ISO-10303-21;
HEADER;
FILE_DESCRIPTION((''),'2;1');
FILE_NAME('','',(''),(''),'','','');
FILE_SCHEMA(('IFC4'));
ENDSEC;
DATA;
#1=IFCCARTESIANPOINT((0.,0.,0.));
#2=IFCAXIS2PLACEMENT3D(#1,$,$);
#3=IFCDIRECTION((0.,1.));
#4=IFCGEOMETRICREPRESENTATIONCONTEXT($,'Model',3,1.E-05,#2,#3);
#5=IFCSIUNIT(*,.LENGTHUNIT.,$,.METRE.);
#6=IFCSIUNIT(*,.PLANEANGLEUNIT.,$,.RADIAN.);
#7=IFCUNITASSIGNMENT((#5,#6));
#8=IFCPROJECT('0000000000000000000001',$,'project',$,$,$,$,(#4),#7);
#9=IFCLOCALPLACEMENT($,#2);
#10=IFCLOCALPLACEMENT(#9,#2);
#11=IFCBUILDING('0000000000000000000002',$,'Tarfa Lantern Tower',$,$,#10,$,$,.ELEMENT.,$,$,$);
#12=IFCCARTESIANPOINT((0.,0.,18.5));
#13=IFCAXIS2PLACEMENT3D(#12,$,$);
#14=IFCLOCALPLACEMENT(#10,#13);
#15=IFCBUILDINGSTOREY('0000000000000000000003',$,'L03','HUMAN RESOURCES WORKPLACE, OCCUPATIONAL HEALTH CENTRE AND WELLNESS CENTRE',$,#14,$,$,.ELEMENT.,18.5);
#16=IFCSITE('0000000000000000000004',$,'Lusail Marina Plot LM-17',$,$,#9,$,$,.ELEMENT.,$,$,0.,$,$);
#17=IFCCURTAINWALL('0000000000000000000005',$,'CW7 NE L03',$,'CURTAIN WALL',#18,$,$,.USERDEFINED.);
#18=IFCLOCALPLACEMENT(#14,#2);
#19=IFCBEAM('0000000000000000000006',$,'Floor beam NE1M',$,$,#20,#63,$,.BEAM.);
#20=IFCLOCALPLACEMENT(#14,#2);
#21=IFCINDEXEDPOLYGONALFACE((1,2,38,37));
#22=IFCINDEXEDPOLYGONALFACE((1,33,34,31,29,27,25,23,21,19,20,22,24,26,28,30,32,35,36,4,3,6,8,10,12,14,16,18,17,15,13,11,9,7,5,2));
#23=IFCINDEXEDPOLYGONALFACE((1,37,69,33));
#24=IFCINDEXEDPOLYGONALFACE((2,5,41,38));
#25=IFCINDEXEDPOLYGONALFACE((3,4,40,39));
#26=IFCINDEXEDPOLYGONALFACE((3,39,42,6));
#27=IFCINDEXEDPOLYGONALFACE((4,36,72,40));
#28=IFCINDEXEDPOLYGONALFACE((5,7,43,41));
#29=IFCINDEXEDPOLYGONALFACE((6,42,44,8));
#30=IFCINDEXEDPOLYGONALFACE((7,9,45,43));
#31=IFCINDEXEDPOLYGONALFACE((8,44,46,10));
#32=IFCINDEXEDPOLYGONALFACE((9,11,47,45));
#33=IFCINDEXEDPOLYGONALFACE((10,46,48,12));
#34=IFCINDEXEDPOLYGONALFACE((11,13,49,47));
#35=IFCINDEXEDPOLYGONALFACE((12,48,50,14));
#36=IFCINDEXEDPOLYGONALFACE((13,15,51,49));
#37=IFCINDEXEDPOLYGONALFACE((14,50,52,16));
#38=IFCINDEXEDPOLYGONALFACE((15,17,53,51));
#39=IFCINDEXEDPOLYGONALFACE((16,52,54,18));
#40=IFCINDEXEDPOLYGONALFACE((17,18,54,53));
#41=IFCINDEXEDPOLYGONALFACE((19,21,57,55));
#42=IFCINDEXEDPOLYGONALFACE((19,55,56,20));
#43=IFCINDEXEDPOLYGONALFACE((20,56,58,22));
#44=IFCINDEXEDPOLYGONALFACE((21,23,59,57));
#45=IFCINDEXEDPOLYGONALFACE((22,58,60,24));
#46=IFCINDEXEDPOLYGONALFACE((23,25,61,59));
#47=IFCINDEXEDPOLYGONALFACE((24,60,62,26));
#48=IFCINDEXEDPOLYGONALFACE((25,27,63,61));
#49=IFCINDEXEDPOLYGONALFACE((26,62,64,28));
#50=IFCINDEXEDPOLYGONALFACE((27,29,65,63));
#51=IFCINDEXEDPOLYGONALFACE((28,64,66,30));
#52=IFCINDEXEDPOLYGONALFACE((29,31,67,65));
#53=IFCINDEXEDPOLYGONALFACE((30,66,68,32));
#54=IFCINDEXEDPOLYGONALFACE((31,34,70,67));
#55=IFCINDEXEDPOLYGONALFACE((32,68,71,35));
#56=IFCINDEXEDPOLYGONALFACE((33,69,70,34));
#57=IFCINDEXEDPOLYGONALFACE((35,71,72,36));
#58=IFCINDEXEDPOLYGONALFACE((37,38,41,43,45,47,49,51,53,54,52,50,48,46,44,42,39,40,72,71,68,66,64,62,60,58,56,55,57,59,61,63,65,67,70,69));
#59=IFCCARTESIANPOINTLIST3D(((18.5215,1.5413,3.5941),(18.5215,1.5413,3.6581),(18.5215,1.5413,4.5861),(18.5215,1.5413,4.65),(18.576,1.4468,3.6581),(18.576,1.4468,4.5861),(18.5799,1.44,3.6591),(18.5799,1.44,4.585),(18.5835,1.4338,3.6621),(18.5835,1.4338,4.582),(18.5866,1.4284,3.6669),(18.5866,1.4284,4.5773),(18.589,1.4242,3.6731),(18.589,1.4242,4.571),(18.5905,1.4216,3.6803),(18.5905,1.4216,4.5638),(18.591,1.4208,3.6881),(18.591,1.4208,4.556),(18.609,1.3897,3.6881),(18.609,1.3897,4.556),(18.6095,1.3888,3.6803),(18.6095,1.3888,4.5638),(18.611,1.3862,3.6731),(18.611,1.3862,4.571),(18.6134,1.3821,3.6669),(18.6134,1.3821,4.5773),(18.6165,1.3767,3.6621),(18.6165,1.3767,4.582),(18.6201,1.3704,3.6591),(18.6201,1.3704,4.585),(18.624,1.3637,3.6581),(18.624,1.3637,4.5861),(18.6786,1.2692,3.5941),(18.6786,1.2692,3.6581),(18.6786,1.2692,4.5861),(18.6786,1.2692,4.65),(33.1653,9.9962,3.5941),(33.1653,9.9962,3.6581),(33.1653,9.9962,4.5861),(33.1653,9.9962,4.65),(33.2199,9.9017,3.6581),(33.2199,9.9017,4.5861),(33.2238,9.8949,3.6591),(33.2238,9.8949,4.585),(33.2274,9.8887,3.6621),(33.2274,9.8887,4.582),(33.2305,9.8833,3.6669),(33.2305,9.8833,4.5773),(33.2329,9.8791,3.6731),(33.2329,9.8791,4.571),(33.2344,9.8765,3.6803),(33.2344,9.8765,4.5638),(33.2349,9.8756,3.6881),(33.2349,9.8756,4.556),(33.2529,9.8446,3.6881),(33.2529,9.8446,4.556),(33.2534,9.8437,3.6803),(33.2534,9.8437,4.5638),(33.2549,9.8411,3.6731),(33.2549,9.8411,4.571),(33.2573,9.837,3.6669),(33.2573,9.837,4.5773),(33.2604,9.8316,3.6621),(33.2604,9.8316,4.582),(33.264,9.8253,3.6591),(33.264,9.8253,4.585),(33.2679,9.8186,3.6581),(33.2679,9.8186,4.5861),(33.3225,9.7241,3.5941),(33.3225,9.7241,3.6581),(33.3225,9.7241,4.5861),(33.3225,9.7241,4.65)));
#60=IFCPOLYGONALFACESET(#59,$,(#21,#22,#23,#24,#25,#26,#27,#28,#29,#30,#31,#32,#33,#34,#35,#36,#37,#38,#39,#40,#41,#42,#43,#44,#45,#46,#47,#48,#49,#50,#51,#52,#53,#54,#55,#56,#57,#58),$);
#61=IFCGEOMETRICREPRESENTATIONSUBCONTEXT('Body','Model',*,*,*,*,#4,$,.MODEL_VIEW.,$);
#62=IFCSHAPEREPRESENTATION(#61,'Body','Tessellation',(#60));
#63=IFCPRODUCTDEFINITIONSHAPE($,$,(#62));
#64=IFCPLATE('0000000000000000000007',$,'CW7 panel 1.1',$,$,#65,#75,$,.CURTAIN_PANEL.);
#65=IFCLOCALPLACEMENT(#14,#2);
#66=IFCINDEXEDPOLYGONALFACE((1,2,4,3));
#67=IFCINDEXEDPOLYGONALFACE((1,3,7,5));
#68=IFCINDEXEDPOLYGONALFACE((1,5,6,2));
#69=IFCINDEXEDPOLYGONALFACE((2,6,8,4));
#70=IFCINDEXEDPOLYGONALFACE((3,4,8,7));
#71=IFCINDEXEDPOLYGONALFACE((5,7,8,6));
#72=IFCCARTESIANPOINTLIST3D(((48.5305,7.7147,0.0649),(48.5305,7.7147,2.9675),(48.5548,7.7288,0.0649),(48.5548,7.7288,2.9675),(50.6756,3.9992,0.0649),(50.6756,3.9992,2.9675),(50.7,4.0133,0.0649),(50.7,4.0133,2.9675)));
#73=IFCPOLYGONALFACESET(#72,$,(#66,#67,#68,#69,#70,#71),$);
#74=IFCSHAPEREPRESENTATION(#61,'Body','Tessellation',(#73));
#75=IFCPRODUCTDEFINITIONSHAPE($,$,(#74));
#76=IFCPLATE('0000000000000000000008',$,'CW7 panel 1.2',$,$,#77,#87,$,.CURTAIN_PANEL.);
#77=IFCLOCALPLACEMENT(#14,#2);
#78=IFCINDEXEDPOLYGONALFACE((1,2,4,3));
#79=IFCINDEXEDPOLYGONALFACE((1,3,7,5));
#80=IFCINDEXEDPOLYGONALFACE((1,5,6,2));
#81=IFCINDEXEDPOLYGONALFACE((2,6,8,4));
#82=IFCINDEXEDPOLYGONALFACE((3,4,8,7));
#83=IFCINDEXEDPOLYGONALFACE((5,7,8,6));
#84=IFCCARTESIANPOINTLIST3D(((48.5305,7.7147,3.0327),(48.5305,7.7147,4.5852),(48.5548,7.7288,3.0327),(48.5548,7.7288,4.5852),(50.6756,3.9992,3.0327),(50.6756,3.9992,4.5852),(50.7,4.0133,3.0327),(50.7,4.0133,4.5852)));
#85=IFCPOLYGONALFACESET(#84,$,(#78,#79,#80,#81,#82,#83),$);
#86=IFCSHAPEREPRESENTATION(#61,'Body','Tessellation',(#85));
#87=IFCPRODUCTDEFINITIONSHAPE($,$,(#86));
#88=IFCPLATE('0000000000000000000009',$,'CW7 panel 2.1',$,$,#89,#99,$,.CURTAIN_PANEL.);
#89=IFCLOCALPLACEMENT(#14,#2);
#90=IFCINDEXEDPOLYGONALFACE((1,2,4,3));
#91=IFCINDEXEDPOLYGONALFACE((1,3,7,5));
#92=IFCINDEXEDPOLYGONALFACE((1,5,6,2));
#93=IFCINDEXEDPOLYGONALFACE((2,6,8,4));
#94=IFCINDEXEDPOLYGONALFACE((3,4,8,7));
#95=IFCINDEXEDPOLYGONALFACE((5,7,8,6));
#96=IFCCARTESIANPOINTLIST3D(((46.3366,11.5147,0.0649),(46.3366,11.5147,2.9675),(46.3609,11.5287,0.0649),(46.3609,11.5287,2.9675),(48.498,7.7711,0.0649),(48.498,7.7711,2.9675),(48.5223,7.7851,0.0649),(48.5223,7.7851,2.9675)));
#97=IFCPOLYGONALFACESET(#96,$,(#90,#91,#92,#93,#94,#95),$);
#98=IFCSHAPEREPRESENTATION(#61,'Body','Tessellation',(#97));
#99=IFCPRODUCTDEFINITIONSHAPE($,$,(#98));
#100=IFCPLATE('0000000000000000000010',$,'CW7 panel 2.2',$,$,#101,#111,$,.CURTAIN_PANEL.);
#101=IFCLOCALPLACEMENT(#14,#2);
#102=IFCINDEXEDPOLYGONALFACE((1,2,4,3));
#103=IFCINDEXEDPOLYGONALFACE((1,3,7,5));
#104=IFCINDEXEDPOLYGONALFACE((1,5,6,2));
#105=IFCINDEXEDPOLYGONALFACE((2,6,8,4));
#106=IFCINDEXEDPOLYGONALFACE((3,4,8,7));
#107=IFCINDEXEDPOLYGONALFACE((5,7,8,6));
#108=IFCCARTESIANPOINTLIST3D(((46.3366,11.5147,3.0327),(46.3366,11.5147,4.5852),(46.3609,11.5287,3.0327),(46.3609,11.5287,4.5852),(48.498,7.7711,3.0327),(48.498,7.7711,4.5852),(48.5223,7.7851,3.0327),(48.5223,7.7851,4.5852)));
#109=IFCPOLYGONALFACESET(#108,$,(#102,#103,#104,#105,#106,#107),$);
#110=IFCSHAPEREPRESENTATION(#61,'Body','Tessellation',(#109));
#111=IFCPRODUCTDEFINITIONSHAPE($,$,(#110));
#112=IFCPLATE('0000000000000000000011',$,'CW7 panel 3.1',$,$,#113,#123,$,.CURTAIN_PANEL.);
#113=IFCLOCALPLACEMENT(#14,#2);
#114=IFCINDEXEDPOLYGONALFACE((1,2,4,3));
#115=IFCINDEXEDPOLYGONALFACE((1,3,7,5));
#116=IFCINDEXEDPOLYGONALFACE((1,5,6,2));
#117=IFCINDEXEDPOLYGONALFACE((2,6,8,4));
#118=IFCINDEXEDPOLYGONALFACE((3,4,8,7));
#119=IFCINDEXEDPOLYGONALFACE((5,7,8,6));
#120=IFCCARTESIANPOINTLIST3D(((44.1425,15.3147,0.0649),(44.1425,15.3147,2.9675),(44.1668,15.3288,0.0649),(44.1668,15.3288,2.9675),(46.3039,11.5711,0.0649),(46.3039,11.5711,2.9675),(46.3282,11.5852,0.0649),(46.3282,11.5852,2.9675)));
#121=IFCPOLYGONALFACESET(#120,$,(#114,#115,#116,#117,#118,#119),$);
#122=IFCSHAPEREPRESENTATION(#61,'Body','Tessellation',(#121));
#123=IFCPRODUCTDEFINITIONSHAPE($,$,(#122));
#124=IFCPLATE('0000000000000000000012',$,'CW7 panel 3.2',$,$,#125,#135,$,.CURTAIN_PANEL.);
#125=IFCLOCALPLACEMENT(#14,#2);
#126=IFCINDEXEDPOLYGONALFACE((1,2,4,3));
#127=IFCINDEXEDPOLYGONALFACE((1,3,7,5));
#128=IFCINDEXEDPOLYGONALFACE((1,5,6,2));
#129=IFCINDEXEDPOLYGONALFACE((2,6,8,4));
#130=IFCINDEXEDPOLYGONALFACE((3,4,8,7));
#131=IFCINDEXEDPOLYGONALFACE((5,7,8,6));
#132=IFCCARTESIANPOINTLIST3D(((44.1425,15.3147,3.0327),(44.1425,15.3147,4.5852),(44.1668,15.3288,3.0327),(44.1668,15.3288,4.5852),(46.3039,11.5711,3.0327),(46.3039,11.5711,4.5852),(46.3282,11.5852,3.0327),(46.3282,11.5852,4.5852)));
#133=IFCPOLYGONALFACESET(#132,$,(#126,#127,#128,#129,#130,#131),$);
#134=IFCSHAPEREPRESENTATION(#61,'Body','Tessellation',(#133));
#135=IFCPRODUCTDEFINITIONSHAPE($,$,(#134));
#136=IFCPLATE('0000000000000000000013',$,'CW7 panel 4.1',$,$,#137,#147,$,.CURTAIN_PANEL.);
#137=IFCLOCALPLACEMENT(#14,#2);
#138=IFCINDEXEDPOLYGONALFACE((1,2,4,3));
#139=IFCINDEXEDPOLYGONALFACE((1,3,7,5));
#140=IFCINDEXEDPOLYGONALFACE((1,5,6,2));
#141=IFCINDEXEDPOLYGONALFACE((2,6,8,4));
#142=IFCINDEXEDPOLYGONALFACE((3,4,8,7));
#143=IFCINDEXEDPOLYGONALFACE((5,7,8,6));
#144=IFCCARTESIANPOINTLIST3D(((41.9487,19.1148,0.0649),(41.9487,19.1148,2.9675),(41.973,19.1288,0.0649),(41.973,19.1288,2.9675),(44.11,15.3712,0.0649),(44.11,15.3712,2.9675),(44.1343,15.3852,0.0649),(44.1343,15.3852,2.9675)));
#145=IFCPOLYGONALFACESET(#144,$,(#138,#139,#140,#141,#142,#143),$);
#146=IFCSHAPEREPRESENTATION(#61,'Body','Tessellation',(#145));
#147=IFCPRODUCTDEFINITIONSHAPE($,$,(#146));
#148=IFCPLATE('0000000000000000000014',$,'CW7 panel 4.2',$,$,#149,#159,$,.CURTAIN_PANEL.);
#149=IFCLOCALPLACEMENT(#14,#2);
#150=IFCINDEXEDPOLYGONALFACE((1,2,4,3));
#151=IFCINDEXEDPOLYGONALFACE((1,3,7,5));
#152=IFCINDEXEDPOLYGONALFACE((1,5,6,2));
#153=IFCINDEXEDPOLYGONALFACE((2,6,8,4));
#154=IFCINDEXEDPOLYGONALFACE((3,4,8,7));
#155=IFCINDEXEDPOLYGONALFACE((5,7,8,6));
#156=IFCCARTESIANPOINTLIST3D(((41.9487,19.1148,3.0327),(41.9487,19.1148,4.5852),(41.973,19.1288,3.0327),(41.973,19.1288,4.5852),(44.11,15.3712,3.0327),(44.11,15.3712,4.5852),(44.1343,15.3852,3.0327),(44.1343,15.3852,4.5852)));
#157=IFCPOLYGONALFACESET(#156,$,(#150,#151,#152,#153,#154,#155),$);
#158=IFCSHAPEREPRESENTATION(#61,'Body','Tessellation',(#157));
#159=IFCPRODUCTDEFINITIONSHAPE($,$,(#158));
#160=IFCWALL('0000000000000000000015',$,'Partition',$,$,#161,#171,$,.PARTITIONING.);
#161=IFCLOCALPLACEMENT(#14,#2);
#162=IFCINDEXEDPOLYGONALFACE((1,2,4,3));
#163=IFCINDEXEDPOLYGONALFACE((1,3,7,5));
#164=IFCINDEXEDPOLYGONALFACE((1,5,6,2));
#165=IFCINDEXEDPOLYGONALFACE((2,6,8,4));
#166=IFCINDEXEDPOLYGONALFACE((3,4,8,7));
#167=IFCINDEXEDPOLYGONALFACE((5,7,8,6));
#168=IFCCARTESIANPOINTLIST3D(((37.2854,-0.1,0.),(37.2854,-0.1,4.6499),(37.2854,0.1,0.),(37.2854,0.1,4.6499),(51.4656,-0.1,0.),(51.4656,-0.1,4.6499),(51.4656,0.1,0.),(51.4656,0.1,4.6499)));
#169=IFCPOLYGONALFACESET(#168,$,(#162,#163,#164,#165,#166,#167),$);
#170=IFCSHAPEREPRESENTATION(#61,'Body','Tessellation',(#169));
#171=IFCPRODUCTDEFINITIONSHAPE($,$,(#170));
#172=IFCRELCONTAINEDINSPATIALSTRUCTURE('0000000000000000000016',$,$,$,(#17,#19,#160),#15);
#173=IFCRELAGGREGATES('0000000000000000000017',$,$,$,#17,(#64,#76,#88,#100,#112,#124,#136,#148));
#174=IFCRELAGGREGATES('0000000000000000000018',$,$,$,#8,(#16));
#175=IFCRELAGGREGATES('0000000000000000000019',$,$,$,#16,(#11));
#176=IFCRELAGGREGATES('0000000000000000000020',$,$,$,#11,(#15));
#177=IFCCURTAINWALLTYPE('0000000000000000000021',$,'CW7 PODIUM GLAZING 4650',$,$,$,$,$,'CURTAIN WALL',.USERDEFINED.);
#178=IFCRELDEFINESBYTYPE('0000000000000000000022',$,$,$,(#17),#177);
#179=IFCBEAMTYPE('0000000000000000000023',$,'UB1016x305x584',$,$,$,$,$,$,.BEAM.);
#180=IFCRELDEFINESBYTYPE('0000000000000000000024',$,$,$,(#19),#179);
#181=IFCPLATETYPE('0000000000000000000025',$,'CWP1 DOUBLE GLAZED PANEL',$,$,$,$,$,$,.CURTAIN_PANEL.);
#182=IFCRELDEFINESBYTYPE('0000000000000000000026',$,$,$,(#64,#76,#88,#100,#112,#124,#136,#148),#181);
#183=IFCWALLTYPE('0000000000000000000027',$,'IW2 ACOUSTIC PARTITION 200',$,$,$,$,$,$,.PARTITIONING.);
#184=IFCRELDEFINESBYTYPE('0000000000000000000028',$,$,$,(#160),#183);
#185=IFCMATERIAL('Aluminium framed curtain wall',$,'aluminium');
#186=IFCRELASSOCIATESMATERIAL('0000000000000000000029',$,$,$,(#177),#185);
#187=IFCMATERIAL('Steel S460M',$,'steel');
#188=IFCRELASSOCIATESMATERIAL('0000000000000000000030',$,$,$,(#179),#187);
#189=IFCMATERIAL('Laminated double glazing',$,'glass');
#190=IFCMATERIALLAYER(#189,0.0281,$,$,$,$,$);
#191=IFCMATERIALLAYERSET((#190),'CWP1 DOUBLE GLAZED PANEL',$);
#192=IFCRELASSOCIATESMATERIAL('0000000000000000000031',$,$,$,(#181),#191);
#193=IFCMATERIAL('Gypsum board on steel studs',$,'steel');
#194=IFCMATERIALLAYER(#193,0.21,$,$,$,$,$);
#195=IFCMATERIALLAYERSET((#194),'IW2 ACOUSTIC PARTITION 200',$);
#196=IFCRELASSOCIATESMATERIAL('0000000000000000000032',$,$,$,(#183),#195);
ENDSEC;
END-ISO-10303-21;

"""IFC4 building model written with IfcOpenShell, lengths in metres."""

from ifc_helpers import new_model, si_unit, direction, frame, frame_2d, origin, origin_2d, place, context, subcontext, project, spatial, rectangle, i_section, extrude, material, layer, layer_set, material_profile, profile_set, type_object, element, aggregate, save


model = new_model("IFC4")

# Units and contexts
model_context = context("Model", 3, precision=1e-05, world=origin(), true_north=direction((0.0, 1.0)))
body_context = subcontext(model_context, "Body", "Model", "MODEL_VIEW")
ifc_project = project(units=[si_unit("LENGTHUNIT", "METRE"), si_unit("PLANEANGLEUNIT", "RADIAN")], contexts=[model_context])

# Site, building, storey
site_placement = place(None, origin())
site = spatial("IfcSite", under=ifc_project, at=site_placement, Name="Lusail Marina Plot LM-17", CompositionType="ELEMENT", RefElevation=0.0)
building_placement = place(site_placement, origin())
building = spatial("IfcBuilding", under=site, at=building_placement, Name="Tarfa Lantern Tower", CompositionType="ELEMENT")
storey_placement = place(building_placement, frame((0.0, 0.0, 18.5)))
storey = spatial("IfcBuildingStorey", under=building, at=storey_placement, Name="L03", Description="HUMAN RESOURCES WORKPLACE, OCCUPATIONAL HEALTH CENTRE AND WELLNESS CENTRE", CompositionType="ELEMENT", Elevation=18.5)

# Curtain wall
ifc_material_1 = material(Name="Aluminium framed curtain wall", Category="aluminium")
curtain_wall_type = type_object("IfcCurtainWallType", Name="CW7 PODIUM GLAZING 4650", ElementType="CURTAIN WALL", PredefinedType="USERDEFINED", material=ifc_material_1)
curtain_wall_placement = place(storey_placement, origin())
curtain_wall = element("IfcCurtainWall", 1, at=curtain_wall_placement, inside=storey, type_object=curtain_wall_type, Name="CW7 NE L03", ObjectType="CURTAIN WALL", PredefinedType="USERDEFINED")

# Beam
ifc_material_2 = material(Name="Steel S460M", Category="steel")
ifc_material_profile_1 = material_profile(ifc_material_2, i_section(OverallWidth=0.3142, OverallDepth=1.0559, WebThickness=0.0359, FlangeThickness=0.064, FilletRadius=0.03, at=origin_2d()), Name="UB1016x305x584")
ifc_profile_set_1 = profile_set([ifc_material_profile_1], Name="Steel S460M")
beam_type_1 = type_object("IfcBeamType", Name="UB1016x305x584", PredefinedType="BEAM", material=ifc_profile_set_1)
beam_1_placement = place(storey_placement, frame((33.2439, 9.8601, 4.1221), z_axis=(-0.866019, -0.50001, 0.0), x_axis=(0.50001, -0.866019, 0.0)))
element("IfcBeam", 2, at=beam_1_placement, inside=storey, type_object=beam_type_1, Name="Floor beam NE1M", PredefinedType="BEAM", context=body_context, shape_type="SweptSolid", body=[
    extrude(i_section(OverallWidth=0.3142, OverallDepth=1.0559, WebThickness=0.0359, FlangeThickness=0.064, FilletRadius=0.03, at=origin_2d()), origin(), (0.0, 0.0, 1.0), 16.9094),
])

# Plates
ifc_material_3 = material(Name="Laminated double glazing", Category="glass")
ifc_layer_1 = layer(ifc_material_3, 0.0281)
ifc_layer_set_1 = layer_set([ifc_layer_1], Name="CWP1 DOUBLE GLAZED PANEL")
plate_type = type_object("IfcPlateType", Name="CWP1 DOUBLE GLAZED PANEL", PredefinedType="CURTAIN_PANEL", material=ifc_layer_set_1)
plate_1_placement = place(storey_placement, frame((49.6152, 5.864, 0.0649), z_axis=(0.0, 0.0, 1.0), x_axis=(-0.5, 0.866025, 0.0)))
plate_1 = element("IfcPlate", 3, at=plate_1_placement, type_object=plate_type, Name="CW7 panel 1.1", PredefinedType="CURTAIN_PANEL", context=body_context, shape_type="SweptSolid", body=[
    extrude(rectangle(XDim=4.2903, YDim=0.0281, at=origin_2d()), origin(), (0.0, 0.0, 1.0), 2.9026),
])
plate_2_placement = place(storey_placement, frame((49.6152, 5.864, 3.0327), z_axis=(0.0, 0.0, 1.0), x_axis=(-0.5, 0.866025, 0.0)))
plate_2 = element("IfcPlate", 4, at=plate_2_placement, type_object=plate_type, Name="CW7 panel 1.2", PredefinedType="CURTAIN_PANEL", context=body_context, shape_type="SweptSolid", body=[
    extrude(rectangle(XDim=4.2903, YDim=0.0281, at=origin_2d()), origin(), (0.0, 0.0, 1.0), 1.5525),
])
plate_3_placement = place(storey_placement, frame((47.4294, 9.6499, 0.0649), z_axis=(0.0, 0.0, 1.0), x_axis=(-0.5, 0.866025, 0.0)))
plate_3 = element("IfcPlate", 5, at=plate_3_placement, type_object=plate_type, Name="CW7 panel 2.1", PredefinedType="CURTAIN_PANEL", context=body_context, shape_type="SweptSolid", body=[
    extrude(rectangle(XDim=4.3228, YDim=0.0281, at=origin_2d()), origin(), (0.0, 0.0, 1.0), 2.9026),
])
plate_4_placement = place(storey_placement, frame((47.4294, 9.6499, 3.0327), z_axis=(0.0, 0.0, 1.0), x_axis=(-0.5, 0.866025, 0.0)))
plate_4 = element("IfcPlate", 6, at=plate_4_placement, type_object=plate_type, Name="CW7 panel 2.2", PredefinedType="CURTAIN_PANEL", context=body_context, shape_type="SweptSolid", body=[
    extrude(rectangle(XDim=4.3228, YDim=0.0281, at=origin_2d()), origin(), (0.0, 0.0, 1.0), 1.5525),
])
plate_5_placement = place(storey_placement, frame((45.2354, 13.45, 0.0649), z_axis=(0.0, 0.0, 1.0), x_axis=(-0.5, 0.866025, 0.0)))
plate_5 = element("IfcPlate", 7, at=plate_5_placement, type_object=plate_type, Name="CW7 panel 3.1", PredefinedType="CURTAIN_PANEL", context=body_context, shape_type="SweptSolid", body=[
    extrude(rectangle(XDim=4.3228, YDim=0.0281, at=origin_2d()), origin(), (0.0, 0.0, 1.0), 2.9026),
])
plate_6_placement = place(storey_placement, frame((45.2354, 13.45, 3.0327), z_axis=(0.0, 0.0, 1.0), x_axis=(-0.5, 0.866025, 0.0)))
plate_6 = element("IfcPlate", 8, at=plate_6_placement, type_object=plate_type, Name="CW7 panel 3.2", PredefinedType="CURTAIN_PANEL", context=body_context, shape_type="SweptSolid", body=[
    extrude(rectangle(XDim=4.3228, YDim=0.0281, at=origin_2d()), origin(), (0.0, 0.0, 1.0), 1.5525),
])
plate_7_placement = place(storey_placement, frame((43.0415, 17.25, 0.0649), z_axis=(0.0, 0.0, 1.0), x_axis=(-0.5, 0.866025, 0.0)))
plate_7 = element("IfcPlate", 9, at=plate_7_placement, type_object=plate_type, Name="CW7 panel 4.1", PredefinedType="CURTAIN_PANEL", context=body_context, shape_type="SweptSolid", body=[
    extrude(rectangle(XDim=4.3228, YDim=0.0281, at=origin_2d()), origin(), (0.0, 0.0, 1.0), 2.9026),
])
plate_8_placement = place(storey_placement, frame((43.0415, 17.25, 3.0327), z_axis=(0.0, 0.0, 1.0), x_axis=(-0.5, 0.866025, 0.0)))
plate_8 = element("IfcPlate", 10, at=plate_8_placement, type_object=plate_type, Name="CW7 panel 4.2", PredefinedType="CURTAIN_PANEL", context=body_context, shape_type="SweptSolid", body=[
    extrude(rectangle(XDim=4.3228, YDim=0.0281, at=origin_2d()), origin(), (0.0, 0.0, 1.0), 1.5525),
])
aggregate(curtain_wall, [plate_1, plate_2, plate_3, plate_4, plate_5, plate_6, plate_7, plate_8])

# Wall
ifc_material_4 = material(Name="Gypsum board on steel studs", Category="steel")
ifc_layer_2 = layer(ifc_material_4, 0.21)
ifc_layer_set_2 = layer_set([ifc_layer_2], Name="IW2 ACOUSTIC PARTITION 200")
wall_type = type_object("IfcWallType", Name="IW2 ACOUSTIC PARTITION 200", PredefinedType="PARTITIONING", material=ifc_layer_set_2)
wall_placement = place(storey_placement, frame((37.2854, 0.0, 0.0), z_axis=(0.0, 0.0, 1.0), x_axis=(1.0, 0.0, 0.0)))
element("IfcWall", 11, at=wall_placement, inside=storey, type_object=wall_type, Name="Partition", PredefinedType="PARTITIONING", context=body_context, shape_type="SweptSolid", body=[
    extrude(rectangle(XDim=14.1802, YDim=0.2, at=frame_2d((7.0901, 0.0))), origin(), (0.0, 0.0, 1.0), 4.6499),
])

save(model, "model.ifc")
